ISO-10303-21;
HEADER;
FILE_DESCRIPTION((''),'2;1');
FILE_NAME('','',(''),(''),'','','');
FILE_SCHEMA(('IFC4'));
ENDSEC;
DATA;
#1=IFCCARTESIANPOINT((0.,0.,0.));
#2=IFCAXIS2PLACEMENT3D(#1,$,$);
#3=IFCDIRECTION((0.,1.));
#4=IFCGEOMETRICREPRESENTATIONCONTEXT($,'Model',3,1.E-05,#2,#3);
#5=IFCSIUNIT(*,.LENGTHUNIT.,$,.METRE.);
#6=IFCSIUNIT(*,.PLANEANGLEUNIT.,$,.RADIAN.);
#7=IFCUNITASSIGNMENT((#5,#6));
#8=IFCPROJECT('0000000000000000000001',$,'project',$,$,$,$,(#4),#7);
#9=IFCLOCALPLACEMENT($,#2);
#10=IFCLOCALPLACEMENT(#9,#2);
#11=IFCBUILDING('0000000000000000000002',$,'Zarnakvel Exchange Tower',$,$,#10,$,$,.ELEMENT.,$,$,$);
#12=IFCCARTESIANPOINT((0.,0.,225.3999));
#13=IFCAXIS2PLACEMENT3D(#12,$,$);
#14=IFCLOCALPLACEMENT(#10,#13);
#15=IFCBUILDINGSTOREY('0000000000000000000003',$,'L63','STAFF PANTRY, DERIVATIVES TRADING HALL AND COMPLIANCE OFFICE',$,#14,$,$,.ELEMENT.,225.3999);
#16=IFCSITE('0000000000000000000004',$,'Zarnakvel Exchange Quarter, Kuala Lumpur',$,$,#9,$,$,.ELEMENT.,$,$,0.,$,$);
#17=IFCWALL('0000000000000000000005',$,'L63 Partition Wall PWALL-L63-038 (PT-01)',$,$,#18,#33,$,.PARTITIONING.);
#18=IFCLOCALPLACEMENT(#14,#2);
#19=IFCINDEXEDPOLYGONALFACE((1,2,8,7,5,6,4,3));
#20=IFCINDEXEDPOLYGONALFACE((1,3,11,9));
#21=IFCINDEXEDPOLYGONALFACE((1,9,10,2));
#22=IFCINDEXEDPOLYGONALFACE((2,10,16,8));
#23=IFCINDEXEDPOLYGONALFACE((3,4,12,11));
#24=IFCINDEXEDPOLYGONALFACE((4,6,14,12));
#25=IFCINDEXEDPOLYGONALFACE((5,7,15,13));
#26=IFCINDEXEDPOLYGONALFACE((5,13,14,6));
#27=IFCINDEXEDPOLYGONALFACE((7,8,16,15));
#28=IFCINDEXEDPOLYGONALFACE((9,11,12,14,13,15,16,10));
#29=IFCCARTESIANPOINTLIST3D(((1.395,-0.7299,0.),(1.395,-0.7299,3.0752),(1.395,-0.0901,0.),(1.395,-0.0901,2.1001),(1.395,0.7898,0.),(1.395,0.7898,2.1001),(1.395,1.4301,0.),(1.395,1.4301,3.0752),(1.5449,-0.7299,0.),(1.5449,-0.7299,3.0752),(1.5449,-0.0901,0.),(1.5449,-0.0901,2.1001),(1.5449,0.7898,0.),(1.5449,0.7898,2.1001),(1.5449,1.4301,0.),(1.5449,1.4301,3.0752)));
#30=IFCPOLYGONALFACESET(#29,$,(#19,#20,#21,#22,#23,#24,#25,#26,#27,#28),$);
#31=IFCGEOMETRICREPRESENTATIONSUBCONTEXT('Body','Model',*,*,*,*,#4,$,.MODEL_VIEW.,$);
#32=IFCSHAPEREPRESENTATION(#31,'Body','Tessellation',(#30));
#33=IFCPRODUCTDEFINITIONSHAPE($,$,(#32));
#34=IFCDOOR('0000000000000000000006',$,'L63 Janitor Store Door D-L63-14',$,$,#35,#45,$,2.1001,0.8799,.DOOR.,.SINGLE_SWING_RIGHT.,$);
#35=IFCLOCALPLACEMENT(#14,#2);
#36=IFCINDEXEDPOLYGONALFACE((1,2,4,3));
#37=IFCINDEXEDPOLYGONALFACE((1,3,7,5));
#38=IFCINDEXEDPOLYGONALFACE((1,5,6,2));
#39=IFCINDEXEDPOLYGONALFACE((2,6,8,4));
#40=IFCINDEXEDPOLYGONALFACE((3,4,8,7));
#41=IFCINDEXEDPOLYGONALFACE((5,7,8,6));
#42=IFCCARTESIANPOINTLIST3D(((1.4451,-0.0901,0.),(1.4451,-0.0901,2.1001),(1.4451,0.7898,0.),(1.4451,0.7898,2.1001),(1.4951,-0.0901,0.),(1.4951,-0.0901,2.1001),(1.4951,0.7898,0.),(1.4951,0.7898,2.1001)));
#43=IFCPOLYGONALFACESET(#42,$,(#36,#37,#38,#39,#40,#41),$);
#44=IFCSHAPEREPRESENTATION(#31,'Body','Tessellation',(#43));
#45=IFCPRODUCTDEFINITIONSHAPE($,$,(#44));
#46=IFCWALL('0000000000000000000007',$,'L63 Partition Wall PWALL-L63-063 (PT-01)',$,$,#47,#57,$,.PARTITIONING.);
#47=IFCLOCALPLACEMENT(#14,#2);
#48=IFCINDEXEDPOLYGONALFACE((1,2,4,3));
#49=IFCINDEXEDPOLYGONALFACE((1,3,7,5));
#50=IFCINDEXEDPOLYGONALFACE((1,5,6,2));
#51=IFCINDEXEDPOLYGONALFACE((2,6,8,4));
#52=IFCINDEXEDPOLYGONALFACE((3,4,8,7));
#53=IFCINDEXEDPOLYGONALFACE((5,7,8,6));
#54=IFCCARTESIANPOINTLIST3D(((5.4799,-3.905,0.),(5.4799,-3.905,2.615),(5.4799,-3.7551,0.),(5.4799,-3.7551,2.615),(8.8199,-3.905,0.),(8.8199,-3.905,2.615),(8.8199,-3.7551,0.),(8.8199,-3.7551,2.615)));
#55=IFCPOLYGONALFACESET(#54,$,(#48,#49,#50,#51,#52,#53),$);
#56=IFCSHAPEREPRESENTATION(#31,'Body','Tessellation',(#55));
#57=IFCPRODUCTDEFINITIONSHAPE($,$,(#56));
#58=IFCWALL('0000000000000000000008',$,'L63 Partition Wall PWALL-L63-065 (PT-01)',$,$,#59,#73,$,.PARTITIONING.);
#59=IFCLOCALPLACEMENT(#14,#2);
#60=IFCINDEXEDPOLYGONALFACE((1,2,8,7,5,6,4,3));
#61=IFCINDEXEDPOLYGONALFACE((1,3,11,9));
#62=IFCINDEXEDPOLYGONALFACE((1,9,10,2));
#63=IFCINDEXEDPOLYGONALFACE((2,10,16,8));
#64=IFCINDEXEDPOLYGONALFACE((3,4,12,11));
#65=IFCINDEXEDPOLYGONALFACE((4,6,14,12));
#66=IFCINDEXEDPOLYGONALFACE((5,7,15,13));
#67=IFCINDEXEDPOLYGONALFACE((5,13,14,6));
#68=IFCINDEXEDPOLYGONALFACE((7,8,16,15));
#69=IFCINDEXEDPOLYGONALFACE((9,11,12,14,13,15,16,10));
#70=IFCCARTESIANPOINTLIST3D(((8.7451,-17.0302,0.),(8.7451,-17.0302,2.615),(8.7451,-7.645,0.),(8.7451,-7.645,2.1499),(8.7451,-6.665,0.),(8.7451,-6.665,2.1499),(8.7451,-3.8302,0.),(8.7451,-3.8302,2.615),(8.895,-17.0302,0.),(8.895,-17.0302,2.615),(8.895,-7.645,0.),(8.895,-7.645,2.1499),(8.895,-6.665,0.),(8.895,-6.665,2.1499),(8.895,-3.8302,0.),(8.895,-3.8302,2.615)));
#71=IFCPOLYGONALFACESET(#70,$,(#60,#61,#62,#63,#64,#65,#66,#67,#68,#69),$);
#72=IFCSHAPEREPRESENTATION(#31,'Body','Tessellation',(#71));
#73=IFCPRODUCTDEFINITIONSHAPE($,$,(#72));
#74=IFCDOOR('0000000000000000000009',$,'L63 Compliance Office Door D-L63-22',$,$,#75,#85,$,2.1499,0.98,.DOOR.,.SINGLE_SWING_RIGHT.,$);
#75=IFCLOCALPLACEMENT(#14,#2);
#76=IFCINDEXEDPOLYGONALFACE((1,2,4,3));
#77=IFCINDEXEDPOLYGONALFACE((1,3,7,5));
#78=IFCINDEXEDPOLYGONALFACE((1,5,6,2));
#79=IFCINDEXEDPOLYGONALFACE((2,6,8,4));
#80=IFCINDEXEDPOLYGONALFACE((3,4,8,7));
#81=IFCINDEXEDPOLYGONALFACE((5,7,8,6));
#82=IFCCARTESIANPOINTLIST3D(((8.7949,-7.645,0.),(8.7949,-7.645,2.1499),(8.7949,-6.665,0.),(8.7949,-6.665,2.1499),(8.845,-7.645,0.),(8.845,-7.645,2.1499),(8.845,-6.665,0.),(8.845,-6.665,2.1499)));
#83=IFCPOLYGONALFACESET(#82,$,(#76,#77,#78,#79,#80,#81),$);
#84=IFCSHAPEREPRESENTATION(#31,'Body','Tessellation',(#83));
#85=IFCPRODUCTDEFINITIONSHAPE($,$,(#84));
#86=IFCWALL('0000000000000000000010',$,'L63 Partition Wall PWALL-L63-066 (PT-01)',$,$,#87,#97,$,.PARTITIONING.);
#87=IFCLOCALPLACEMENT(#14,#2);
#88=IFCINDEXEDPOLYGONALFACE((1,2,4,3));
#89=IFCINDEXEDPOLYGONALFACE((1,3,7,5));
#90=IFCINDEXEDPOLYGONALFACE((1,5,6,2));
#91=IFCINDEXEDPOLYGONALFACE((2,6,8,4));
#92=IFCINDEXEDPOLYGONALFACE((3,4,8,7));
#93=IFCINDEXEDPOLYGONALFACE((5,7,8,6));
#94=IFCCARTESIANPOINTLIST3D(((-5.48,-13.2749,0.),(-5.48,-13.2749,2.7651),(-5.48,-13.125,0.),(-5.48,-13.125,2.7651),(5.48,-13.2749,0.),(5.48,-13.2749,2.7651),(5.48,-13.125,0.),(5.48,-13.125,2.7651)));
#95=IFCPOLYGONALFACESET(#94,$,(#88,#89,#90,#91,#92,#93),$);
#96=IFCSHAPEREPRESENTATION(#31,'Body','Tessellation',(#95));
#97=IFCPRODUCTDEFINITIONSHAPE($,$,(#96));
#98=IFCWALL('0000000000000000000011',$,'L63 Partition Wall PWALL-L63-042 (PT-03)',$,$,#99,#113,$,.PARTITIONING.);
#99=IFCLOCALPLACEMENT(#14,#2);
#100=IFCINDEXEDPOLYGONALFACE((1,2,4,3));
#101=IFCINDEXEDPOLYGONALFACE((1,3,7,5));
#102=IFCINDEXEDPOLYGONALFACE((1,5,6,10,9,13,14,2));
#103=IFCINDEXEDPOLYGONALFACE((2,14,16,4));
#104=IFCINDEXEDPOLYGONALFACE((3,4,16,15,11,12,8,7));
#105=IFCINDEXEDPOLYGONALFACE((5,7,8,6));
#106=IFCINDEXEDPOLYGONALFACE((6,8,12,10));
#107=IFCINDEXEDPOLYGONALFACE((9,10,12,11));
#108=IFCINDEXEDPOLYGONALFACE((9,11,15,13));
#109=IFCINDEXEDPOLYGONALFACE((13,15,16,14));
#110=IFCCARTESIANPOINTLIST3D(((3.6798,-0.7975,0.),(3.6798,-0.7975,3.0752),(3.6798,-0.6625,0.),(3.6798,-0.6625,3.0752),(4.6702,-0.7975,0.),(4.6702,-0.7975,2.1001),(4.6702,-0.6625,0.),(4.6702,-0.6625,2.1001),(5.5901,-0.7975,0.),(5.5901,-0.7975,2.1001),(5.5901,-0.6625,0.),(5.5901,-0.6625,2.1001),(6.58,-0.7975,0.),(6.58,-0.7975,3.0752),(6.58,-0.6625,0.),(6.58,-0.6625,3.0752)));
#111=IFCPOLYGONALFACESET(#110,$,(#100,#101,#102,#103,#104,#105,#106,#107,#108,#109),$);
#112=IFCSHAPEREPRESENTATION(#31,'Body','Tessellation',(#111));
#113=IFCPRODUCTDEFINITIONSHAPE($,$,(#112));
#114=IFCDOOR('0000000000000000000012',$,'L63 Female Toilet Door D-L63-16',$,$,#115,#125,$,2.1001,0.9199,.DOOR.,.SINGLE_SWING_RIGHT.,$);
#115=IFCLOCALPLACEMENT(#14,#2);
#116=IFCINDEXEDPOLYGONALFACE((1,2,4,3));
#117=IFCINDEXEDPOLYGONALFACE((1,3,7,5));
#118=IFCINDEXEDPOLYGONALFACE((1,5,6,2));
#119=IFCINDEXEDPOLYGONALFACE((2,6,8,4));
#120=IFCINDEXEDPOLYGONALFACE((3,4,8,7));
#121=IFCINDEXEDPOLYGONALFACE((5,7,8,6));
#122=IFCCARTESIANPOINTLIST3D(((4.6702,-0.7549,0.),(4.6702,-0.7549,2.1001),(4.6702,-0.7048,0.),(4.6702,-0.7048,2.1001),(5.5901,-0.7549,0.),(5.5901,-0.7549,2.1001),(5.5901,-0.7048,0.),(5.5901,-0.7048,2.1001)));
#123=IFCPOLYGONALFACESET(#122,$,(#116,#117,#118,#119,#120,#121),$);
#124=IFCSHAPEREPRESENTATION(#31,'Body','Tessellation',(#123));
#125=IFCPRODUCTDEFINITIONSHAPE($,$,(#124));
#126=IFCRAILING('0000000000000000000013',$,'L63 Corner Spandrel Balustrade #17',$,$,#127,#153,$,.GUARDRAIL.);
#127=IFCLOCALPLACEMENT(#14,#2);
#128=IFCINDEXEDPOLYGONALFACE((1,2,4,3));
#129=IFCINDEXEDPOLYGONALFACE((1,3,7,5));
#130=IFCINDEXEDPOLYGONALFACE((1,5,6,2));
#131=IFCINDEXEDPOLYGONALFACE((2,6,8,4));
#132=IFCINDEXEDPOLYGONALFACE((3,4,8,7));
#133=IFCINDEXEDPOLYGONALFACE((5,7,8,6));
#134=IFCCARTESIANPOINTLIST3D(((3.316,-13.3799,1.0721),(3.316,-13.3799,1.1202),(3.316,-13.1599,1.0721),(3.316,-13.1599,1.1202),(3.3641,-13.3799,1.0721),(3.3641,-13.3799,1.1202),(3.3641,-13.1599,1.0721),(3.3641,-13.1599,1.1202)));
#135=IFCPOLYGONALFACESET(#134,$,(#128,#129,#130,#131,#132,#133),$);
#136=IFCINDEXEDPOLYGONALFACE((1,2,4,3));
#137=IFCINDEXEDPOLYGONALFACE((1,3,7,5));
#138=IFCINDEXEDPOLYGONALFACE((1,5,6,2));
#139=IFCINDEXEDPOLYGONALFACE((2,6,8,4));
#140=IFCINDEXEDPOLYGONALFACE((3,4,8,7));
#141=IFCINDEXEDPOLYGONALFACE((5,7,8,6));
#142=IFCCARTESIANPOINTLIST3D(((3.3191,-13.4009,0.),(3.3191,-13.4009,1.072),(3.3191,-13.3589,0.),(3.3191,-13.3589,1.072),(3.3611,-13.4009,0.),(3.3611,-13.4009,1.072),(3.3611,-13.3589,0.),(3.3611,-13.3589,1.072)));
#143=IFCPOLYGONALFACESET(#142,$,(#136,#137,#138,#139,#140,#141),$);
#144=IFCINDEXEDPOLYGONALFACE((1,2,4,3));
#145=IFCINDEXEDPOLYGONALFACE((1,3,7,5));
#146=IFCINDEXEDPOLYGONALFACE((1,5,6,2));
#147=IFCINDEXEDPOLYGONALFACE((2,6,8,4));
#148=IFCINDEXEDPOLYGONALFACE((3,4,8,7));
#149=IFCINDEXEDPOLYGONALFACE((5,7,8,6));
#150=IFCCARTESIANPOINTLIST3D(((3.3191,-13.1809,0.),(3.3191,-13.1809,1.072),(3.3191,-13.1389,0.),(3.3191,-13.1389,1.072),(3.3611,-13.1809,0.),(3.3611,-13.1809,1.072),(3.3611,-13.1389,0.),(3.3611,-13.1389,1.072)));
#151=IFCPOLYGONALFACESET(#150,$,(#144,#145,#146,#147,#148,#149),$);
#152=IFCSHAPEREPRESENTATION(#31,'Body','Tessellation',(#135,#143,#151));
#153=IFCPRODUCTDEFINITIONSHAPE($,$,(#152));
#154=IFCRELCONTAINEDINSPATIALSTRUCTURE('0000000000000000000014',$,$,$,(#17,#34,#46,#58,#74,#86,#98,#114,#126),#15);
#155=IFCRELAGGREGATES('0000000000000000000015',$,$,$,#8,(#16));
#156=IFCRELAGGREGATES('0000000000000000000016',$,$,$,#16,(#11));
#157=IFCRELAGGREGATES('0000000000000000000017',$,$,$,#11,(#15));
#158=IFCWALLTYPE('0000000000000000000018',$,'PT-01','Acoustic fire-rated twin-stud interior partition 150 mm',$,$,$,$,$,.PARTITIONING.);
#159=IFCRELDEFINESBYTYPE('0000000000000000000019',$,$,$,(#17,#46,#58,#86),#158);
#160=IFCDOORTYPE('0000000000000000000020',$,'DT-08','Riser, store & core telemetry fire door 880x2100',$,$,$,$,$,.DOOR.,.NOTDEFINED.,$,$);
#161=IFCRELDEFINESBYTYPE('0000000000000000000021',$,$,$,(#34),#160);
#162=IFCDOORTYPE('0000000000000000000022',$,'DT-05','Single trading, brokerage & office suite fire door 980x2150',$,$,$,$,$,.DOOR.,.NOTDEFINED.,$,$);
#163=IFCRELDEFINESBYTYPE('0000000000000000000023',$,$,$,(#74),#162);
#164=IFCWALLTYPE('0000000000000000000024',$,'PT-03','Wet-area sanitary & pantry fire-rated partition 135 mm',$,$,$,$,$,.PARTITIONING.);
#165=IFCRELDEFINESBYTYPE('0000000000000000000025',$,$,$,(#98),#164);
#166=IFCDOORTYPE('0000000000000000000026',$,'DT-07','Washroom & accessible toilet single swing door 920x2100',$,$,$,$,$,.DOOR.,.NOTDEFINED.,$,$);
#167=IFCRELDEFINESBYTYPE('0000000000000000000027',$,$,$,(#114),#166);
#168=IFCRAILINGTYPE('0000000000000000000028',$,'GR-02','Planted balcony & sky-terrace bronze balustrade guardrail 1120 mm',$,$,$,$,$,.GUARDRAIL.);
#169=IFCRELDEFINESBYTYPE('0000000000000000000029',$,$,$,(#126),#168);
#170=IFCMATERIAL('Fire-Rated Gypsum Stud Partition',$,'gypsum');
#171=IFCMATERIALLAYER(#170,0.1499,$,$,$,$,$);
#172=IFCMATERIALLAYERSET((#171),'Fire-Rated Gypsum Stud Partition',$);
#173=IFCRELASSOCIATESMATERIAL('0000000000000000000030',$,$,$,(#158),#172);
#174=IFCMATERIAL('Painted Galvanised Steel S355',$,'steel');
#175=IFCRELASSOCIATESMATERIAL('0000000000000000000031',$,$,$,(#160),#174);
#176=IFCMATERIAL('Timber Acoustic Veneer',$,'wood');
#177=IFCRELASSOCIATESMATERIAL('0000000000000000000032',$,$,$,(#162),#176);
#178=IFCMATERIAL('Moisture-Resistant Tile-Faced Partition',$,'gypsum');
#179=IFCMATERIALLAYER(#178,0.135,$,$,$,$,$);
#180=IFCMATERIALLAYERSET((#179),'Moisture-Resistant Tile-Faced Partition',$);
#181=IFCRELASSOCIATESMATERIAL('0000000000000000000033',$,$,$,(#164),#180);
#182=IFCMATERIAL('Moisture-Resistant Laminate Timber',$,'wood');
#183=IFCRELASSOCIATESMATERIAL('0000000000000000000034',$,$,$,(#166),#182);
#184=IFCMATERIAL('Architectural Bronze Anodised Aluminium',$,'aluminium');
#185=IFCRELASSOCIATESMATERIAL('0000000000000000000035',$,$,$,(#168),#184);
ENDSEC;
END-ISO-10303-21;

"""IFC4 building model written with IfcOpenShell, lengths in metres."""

from ifc_helpers import new_model, si_unit, direction, frame, frame_2d, origin, origin_2d, place, context, subcontext, project, spatial, rectangle, extrude, source, transform, mapped, material, layer, layer_set, type_object, element, fill, save


model = new_model("IFC4")

# Units and contexts
model_context = context("Model", 3, precision=1e-05, world=origin(), true_north=direction((0.0, 1.0)))
body_context = subcontext(model_context, "Body", "Model", "MODEL_VIEW")
ifc_project = project(units=[si_unit("LENGTHUNIT", "METRE"), si_unit("PLANEANGLEUNIT", "RADIAN")], contexts=[model_context])

# Site, building, storey
site_placement = place(None, origin())
site = spatial("IfcSite", under=ifc_project, at=site_placement, Name="Zarnakvel Exchange Quarter, Kuala Lumpur", CompositionType="ELEMENT", RefElevation=0.0)
building_placement = place(site_placement, origin())
building = spatial("IfcBuilding", under=site, at=building_placement, Name="Zarnakvel Exchange Tower", CompositionType="ELEMENT")
storey_placement = place(building_placement, frame((0.0, 0.0, 225.3999)))
storey = spatial("IfcBuildingStorey", under=building, at=storey_placement, Name="L63", Description="STAFF PANTRY, DERIVATIVES TRADING HALL AND COMPLIANCE OFFICE", CompositionType="ELEMENT", Elevation=225.3999)

# Shared definitions
ifc_material_1 = material(Name="Architectural Bronze Anodised Aluminium", Category="aluminium")

# Shared definitions
ifc_material_2 = material(Name="Fire-Rated Gypsum Stud Partition", Category="gypsum")
ifc_layer_1 = layer(ifc_material_2, 0.1499)
ifc_layer_set_1 = layer_set([ifc_layer_1], Name="Fire-Rated Gypsum Stud Partition")
wall_type_1 = type_object("IfcWallType", Name="PT-01", Description="Acoustic fire-rated twin-stud interior partition 150 mm", PredefinedType="PARTITIONING", material=ifc_layer_set_1)

# Wall, opening, door
wall_1_placement = place(storey_placement, frame((1.47, -0.73, 0.0), z_axis=(0.0, 0.0, 1.0), x_axis=(0.0, 1.0, 0.0)))
wall_1 = element("IfcWall", 1, at=wall_1_placement, inside=storey, type_object=wall_type_1, Name="L63 Partition Wall PWALL-L63-038 (PT-01)", PredefinedType="PARTITIONING", context=body_context, shape_type="SweptSolid", body=[
    extrude(rectangle(XDim=2.1599, YDim=0.1499, at=frame_2d((1.0801, 0.0))), origin(), (0.0, 0.0, 1.0), 3.0752),
])
opening_1_placement = place(wall_1_placement, frame((0.6399, 0.0, 0.0)))
opening_1 = element("IfcOpeningElement", 2, at=opening_1_placement, cuts=wall_1, PredefinedType="OPENING", context=body_context, shape_type="SweptSolid", body=[
    extrude(rectangle(XDim=0.8799, YDim=2.1001, at=frame_2d((0.4399, 1.05))), frame((0.0, 0.085, 0.0), z_axis=(0.0, -1.0, 0.0), x_axis=(1.0, 0.0, 0.0)), (0.0, 0.0, 1.0), 0.1699),
])
ifc_material_3 = material(Name="Painted Galvanised Steel S355", Category="steel")
door_type_1 = type_object("IfcDoorType", Name="DT-08", Description="Riser, store & core telemetry fire door 880x2100", OperationType="NOTDEFINED", PredefinedType="DOOR", material=ifc_material_3)
shared_shape_1 = source(origin(), body_context, "Body", "SweptSolid", [
    extrude(rectangle(XDim=0.8799, YDim=2.1001, at=frame_2d((0.4399, 1.05))), frame((0.0, 0.0249, 0.0), z_axis=(0.0, -1.0, 0.0), x_axis=(1.0, 0.0, 0.0)), (0.0, 0.0, 1.0), 0.05),
])
door_1_placement = place(opening_1_placement, origin())
door_1 = element("IfcDoor", 3, at=door_1_placement, inside=storey, type_object=door_type_1, Name="L63 Janitor Store Door D-L63-14", OperationType="SINGLE_SWING_RIGHT", OverallHeight=2.1001, OverallWidth=0.8799, PredefinedType="DOOR", context=body_context, shape_type="MappedRepresentation", body=[
    mapped(shared_shape_1, transform((0.0, 0.0, 0.0), x_axis=(1.0, 0.0, 0.0), y_axis=(0.0, 1.0, 0.0), z_axis=(0.0, 0.0, 1.0), scale=1.0)),
])
fill(opening_1, door_1)

# Wall
wall_2_placement = place(storey_placement, frame((5.48, -3.8301, 0.0), z_axis=(0.0, 0.0, 1.0), x_axis=(1.0, 0.0, 0.0)))
element("IfcWall", 4, at=wall_2_placement, inside=storey, type_object=wall_type_1, Name="L63 Partition Wall PWALL-L63-063 (PT-01)", PredefinedType="PARTITIONING", context=body_context, shape_type="SweptSolid", body=[
    extrude(rectangle(XDim=3.3401, YDim=0.1499, at=frame_2d((1.6699, 0.0))), origin(), (0.0, 0.0, 1.0), 2.615),
])

# Wall, opening, door
wall_3_placement = place(storey_placement, frame((8.8201, -3.8301, 0.0), z_axis=(0.0, 0.0, 1.0), x_axis=(0.0, -1.0, 0.0)))
wall_3 = element("IfcWall", 5, at=wall_3_placement, inside=storey, type_object=wall_type_1, Name="L63 Partition Wall PWALL-L63-065 (PT-01)", PredefinedType="PARTITIONING", context=body_context, shape_type="SweptSolid", body=[
    extrude(rectangle(XDim=13.2, YDim=0.1499, at=frame_2d((6.6001, 0.0))), origin(), (0.0, 0.0, 1.0), 2.615),
])
opening_2_placement = place(wall_3_placement, frame((2.835, 0.0, 0.0)))
opening_2 = element("IfcOpeningElement", 6, at=opening_2_placement, cuts=wall_3, PredefinedType="OPENING", context=body_context, shape_type="SweptSolid", body=[
    extrude(rectangle(XDim=0.98, YDim=2.1499, at=frame_2d((0.49, 1.075))), frame((0.0, 0.085, 0.0), z_axis=(0.0, -1.0, 0.0), x_axis=(1.0, 0.0, 0.0)), (0.0, 0.0, 1.0), 0.1699),
])
ifc_material_4 = material(Name="Timber Acoustic Veneer", Category="wood")
door_type_2 = type_object("IfcDoorType", Name="DT-05", Description="Single trading, brokerage & office suite fire door 980x2150", OperationType="NOTDEFINED", PredefinedType="DOOR", material=ifc_material_4)
shared_shape_2 = source(origin(), body_context, "Body", "SweptSolid", [
    extrude(rectangle(XDim=0.98, YDim=2.1499, at=frame_2d((0.49, 1.075))), frame((0.0, 0.0249, 0.0), z_axis=(0.0, -1.0, 0.0), x_axis=(1.0, 0.0, 0.0)), (0.0, 0.0, 1.0), 0.05),
])
door_2_placement = place(opening_2_placement, origin())
door_2 = element("IfcDoor", 7, at=door_2_placement, inside=storey, type_object=door_type_2, Name="L63 Compliance Office Door D-L63-22", OperationType="SINGLE_SWING_RIGHT", OverallHeight=2.1499, OverallWidth=0.98, PredefinedType="DOOR", context=body_context, shape_type="MappedRepresentation", body=[
    mapped(shared_shape_2, transform((0.0, 0.0, 0.0), x_axis=(1.0, 0.0, 0.0), y_axis=(0.0, 1.0, 0.0), z_axis=(0.0, 0.0, 1.0), scale=1.0)),
])
fill(opening_2, door_2)

# Wall
wall_4_placement = place(storey_placement, frame((5.48, -13.2, 0.0), z_axis=(0.0, 0.0, 1.0), x_axis=(-1.0, 0.0, 0.0)))
element("IfcWall", 8, at=wall_4_placement, inside=storey, type_object=wall_type_1, Name="L63 Partition Wall PWALL-L63-066 (PT-01)", PredefinedType="PARTITIONING", context=body_context, shape_type="SweptSolid", body=[
    extrude(rectangle(XDim=10.96, YDim=0.1499, at=frame_2d((5.48, 0.0))), origin(), (0.0, 0.0, 1.0), 2.7651),
])

# Wall, opening, door
ifc_material_5 = material(Name="Moisture-Resistant Tile-Faced Partition", Category="gypsum")
ifc_layer_2 = layer(ifc_material_5, 0.135)
ifc_layer_set_2 = layer_set([ifc_layer_2], Name="Moisture-Resistant Tile-Faced Partition")
wall_type_2 = type_object("IfcWallType", Name="PT-03", Description="Wet-area sanitary & pantry fire-rated partition 135 mm", PredefinedType="PARTITIONING", material=ifc_layer_set_2)
wall_5_placement = place(storey_placement, frame((6.5801, -0.73, 0.0), z_axis=(0.0, 0.0, 1.0), x_axis=(-1.0, 0.0, 0.0)))
wall_5 = element("IfcWall", 9, at=wall_5_placement, inside=storey, type_object=wall_type_2, Name="L63 Partition Wall PWALL-L63-042 (PT-03)", PredefinedType="PARTITIONING", context=body_context, shape_type="SweptSolid", body=[
    extrude(rectangle(XDim=2.9001, YDim=0.135, at=frame_2d((1.4502, 0.0))), origin(), (0.0, 0.0, 1.0), 3.0752),
])
opening_3_placement = place(wall_5_placement, frame((0.99, 0.0, 0.0)))
opening_3 = element("IfcOpeningElement", 10, at=opening_3_placement, cuts=wall_5, PredefinedType="OPENING", context=body_context, shape_type="SweptSolid", body=[
    extrude(rectangle(XDim=0.9199, YDim=2.1001, at=frame_2d((0.46, 1.05))), frame((0.0, 0.0774, 0.0), z_axis=(0.0, -1.0, 0.0), x_axis=(1.0, 0.0, 0.0)), (0.0, 0.0, 1.0), 0.155),
])
ifc_material_6 = material(Name="Moisture-Resistant Laminate Timber", Category="wood")
door_type_3 = type_object("IfcDoorType", Name="DT-07", Description="Washroom & accessible toilet single swing door 920x2100", OperationType="NOTDEFINED", PredefinedType="DOOR", material=ifc_material_6)
shared_shape_3 = source(origin(), body_context, "Body", "SweptSolid", [
    extrude(rectangle(XDim=0.9199, YDim=2.1001, at=frame_2d((0.46, 1.05))), frame((0.0, 0.0249, 0.0), z_axis=(0.0, -1.0, 0.0), x_axis=(1.0, 0.0, 0.0)), (0.0, 0.0, 1.0), 0.05),
])
door_3_placement = place(opening_3_placement, origin())
door_3 = element("IfcDoor", 11, at=door_3_placement, inside=storey, type_object=door_type_3, Name="L63 Female Toilet Door D-L63-16", OperationType="SINGLE_SWING_RIGHT", OverallHeight=2.1001, OverallWidth=0.9199, PredefinedType="DOOR", context=body_context, shape_type="MappedRepresentation", body=[
    mapped(shared_shape_3, transform((0.0, 0.0, 0.0), x_axis=(1.0, 0.0, 0.0), y_axis=(0.0, 1.0, 0.0), z_axis=(0.0, 0.0, 1.0), scale=1.0)),
])
fill(opening_3, door_3)

# Railing
railing_type = type_object("IfcRailingType", Name="GR-02", Description="Planted balcony & sky-terrace bronze balustrade guardrail 1120 mm", PredefinedType="GUARDRAIL", material=ifc_material_1)
railing_1_placement = place(storey_placement, frame((3.3401, -13.3799, 0.0)))
element("IfcRailing", 12, at=railing_1_placement, inside=storey, type_object=railing_type, Name="L63 Corner Spandrel Balustrade #17", PredefinedType="GUARDRAIL", context=body_context, shape_type="SweptSolid", body=[
    extrude(rectangle(XDim=0.0481, YDim=0.0481, at=origin_2d()), frame((0.0, 0.0, 1.0962), z_axis=(0.0, 1.0, 0.0), x_axis=(-1.0, 0.0, 0.0)), (0.0, 0.0, 1.0), 0.22),
    extrude(rectangle(XDim=0.042, YDim=0.042, at=origin_2d()), origin(), (0.0, 0.0, 1.0), 1.072),
    extrude(rectangle(XDim=0.042, YDim=0.042, at=origin_2d()), frame((0.0, 0.22, 0.0)), (0.0, 0.0, 1.0), 1.072),
])

save(model, "model.ifc")
